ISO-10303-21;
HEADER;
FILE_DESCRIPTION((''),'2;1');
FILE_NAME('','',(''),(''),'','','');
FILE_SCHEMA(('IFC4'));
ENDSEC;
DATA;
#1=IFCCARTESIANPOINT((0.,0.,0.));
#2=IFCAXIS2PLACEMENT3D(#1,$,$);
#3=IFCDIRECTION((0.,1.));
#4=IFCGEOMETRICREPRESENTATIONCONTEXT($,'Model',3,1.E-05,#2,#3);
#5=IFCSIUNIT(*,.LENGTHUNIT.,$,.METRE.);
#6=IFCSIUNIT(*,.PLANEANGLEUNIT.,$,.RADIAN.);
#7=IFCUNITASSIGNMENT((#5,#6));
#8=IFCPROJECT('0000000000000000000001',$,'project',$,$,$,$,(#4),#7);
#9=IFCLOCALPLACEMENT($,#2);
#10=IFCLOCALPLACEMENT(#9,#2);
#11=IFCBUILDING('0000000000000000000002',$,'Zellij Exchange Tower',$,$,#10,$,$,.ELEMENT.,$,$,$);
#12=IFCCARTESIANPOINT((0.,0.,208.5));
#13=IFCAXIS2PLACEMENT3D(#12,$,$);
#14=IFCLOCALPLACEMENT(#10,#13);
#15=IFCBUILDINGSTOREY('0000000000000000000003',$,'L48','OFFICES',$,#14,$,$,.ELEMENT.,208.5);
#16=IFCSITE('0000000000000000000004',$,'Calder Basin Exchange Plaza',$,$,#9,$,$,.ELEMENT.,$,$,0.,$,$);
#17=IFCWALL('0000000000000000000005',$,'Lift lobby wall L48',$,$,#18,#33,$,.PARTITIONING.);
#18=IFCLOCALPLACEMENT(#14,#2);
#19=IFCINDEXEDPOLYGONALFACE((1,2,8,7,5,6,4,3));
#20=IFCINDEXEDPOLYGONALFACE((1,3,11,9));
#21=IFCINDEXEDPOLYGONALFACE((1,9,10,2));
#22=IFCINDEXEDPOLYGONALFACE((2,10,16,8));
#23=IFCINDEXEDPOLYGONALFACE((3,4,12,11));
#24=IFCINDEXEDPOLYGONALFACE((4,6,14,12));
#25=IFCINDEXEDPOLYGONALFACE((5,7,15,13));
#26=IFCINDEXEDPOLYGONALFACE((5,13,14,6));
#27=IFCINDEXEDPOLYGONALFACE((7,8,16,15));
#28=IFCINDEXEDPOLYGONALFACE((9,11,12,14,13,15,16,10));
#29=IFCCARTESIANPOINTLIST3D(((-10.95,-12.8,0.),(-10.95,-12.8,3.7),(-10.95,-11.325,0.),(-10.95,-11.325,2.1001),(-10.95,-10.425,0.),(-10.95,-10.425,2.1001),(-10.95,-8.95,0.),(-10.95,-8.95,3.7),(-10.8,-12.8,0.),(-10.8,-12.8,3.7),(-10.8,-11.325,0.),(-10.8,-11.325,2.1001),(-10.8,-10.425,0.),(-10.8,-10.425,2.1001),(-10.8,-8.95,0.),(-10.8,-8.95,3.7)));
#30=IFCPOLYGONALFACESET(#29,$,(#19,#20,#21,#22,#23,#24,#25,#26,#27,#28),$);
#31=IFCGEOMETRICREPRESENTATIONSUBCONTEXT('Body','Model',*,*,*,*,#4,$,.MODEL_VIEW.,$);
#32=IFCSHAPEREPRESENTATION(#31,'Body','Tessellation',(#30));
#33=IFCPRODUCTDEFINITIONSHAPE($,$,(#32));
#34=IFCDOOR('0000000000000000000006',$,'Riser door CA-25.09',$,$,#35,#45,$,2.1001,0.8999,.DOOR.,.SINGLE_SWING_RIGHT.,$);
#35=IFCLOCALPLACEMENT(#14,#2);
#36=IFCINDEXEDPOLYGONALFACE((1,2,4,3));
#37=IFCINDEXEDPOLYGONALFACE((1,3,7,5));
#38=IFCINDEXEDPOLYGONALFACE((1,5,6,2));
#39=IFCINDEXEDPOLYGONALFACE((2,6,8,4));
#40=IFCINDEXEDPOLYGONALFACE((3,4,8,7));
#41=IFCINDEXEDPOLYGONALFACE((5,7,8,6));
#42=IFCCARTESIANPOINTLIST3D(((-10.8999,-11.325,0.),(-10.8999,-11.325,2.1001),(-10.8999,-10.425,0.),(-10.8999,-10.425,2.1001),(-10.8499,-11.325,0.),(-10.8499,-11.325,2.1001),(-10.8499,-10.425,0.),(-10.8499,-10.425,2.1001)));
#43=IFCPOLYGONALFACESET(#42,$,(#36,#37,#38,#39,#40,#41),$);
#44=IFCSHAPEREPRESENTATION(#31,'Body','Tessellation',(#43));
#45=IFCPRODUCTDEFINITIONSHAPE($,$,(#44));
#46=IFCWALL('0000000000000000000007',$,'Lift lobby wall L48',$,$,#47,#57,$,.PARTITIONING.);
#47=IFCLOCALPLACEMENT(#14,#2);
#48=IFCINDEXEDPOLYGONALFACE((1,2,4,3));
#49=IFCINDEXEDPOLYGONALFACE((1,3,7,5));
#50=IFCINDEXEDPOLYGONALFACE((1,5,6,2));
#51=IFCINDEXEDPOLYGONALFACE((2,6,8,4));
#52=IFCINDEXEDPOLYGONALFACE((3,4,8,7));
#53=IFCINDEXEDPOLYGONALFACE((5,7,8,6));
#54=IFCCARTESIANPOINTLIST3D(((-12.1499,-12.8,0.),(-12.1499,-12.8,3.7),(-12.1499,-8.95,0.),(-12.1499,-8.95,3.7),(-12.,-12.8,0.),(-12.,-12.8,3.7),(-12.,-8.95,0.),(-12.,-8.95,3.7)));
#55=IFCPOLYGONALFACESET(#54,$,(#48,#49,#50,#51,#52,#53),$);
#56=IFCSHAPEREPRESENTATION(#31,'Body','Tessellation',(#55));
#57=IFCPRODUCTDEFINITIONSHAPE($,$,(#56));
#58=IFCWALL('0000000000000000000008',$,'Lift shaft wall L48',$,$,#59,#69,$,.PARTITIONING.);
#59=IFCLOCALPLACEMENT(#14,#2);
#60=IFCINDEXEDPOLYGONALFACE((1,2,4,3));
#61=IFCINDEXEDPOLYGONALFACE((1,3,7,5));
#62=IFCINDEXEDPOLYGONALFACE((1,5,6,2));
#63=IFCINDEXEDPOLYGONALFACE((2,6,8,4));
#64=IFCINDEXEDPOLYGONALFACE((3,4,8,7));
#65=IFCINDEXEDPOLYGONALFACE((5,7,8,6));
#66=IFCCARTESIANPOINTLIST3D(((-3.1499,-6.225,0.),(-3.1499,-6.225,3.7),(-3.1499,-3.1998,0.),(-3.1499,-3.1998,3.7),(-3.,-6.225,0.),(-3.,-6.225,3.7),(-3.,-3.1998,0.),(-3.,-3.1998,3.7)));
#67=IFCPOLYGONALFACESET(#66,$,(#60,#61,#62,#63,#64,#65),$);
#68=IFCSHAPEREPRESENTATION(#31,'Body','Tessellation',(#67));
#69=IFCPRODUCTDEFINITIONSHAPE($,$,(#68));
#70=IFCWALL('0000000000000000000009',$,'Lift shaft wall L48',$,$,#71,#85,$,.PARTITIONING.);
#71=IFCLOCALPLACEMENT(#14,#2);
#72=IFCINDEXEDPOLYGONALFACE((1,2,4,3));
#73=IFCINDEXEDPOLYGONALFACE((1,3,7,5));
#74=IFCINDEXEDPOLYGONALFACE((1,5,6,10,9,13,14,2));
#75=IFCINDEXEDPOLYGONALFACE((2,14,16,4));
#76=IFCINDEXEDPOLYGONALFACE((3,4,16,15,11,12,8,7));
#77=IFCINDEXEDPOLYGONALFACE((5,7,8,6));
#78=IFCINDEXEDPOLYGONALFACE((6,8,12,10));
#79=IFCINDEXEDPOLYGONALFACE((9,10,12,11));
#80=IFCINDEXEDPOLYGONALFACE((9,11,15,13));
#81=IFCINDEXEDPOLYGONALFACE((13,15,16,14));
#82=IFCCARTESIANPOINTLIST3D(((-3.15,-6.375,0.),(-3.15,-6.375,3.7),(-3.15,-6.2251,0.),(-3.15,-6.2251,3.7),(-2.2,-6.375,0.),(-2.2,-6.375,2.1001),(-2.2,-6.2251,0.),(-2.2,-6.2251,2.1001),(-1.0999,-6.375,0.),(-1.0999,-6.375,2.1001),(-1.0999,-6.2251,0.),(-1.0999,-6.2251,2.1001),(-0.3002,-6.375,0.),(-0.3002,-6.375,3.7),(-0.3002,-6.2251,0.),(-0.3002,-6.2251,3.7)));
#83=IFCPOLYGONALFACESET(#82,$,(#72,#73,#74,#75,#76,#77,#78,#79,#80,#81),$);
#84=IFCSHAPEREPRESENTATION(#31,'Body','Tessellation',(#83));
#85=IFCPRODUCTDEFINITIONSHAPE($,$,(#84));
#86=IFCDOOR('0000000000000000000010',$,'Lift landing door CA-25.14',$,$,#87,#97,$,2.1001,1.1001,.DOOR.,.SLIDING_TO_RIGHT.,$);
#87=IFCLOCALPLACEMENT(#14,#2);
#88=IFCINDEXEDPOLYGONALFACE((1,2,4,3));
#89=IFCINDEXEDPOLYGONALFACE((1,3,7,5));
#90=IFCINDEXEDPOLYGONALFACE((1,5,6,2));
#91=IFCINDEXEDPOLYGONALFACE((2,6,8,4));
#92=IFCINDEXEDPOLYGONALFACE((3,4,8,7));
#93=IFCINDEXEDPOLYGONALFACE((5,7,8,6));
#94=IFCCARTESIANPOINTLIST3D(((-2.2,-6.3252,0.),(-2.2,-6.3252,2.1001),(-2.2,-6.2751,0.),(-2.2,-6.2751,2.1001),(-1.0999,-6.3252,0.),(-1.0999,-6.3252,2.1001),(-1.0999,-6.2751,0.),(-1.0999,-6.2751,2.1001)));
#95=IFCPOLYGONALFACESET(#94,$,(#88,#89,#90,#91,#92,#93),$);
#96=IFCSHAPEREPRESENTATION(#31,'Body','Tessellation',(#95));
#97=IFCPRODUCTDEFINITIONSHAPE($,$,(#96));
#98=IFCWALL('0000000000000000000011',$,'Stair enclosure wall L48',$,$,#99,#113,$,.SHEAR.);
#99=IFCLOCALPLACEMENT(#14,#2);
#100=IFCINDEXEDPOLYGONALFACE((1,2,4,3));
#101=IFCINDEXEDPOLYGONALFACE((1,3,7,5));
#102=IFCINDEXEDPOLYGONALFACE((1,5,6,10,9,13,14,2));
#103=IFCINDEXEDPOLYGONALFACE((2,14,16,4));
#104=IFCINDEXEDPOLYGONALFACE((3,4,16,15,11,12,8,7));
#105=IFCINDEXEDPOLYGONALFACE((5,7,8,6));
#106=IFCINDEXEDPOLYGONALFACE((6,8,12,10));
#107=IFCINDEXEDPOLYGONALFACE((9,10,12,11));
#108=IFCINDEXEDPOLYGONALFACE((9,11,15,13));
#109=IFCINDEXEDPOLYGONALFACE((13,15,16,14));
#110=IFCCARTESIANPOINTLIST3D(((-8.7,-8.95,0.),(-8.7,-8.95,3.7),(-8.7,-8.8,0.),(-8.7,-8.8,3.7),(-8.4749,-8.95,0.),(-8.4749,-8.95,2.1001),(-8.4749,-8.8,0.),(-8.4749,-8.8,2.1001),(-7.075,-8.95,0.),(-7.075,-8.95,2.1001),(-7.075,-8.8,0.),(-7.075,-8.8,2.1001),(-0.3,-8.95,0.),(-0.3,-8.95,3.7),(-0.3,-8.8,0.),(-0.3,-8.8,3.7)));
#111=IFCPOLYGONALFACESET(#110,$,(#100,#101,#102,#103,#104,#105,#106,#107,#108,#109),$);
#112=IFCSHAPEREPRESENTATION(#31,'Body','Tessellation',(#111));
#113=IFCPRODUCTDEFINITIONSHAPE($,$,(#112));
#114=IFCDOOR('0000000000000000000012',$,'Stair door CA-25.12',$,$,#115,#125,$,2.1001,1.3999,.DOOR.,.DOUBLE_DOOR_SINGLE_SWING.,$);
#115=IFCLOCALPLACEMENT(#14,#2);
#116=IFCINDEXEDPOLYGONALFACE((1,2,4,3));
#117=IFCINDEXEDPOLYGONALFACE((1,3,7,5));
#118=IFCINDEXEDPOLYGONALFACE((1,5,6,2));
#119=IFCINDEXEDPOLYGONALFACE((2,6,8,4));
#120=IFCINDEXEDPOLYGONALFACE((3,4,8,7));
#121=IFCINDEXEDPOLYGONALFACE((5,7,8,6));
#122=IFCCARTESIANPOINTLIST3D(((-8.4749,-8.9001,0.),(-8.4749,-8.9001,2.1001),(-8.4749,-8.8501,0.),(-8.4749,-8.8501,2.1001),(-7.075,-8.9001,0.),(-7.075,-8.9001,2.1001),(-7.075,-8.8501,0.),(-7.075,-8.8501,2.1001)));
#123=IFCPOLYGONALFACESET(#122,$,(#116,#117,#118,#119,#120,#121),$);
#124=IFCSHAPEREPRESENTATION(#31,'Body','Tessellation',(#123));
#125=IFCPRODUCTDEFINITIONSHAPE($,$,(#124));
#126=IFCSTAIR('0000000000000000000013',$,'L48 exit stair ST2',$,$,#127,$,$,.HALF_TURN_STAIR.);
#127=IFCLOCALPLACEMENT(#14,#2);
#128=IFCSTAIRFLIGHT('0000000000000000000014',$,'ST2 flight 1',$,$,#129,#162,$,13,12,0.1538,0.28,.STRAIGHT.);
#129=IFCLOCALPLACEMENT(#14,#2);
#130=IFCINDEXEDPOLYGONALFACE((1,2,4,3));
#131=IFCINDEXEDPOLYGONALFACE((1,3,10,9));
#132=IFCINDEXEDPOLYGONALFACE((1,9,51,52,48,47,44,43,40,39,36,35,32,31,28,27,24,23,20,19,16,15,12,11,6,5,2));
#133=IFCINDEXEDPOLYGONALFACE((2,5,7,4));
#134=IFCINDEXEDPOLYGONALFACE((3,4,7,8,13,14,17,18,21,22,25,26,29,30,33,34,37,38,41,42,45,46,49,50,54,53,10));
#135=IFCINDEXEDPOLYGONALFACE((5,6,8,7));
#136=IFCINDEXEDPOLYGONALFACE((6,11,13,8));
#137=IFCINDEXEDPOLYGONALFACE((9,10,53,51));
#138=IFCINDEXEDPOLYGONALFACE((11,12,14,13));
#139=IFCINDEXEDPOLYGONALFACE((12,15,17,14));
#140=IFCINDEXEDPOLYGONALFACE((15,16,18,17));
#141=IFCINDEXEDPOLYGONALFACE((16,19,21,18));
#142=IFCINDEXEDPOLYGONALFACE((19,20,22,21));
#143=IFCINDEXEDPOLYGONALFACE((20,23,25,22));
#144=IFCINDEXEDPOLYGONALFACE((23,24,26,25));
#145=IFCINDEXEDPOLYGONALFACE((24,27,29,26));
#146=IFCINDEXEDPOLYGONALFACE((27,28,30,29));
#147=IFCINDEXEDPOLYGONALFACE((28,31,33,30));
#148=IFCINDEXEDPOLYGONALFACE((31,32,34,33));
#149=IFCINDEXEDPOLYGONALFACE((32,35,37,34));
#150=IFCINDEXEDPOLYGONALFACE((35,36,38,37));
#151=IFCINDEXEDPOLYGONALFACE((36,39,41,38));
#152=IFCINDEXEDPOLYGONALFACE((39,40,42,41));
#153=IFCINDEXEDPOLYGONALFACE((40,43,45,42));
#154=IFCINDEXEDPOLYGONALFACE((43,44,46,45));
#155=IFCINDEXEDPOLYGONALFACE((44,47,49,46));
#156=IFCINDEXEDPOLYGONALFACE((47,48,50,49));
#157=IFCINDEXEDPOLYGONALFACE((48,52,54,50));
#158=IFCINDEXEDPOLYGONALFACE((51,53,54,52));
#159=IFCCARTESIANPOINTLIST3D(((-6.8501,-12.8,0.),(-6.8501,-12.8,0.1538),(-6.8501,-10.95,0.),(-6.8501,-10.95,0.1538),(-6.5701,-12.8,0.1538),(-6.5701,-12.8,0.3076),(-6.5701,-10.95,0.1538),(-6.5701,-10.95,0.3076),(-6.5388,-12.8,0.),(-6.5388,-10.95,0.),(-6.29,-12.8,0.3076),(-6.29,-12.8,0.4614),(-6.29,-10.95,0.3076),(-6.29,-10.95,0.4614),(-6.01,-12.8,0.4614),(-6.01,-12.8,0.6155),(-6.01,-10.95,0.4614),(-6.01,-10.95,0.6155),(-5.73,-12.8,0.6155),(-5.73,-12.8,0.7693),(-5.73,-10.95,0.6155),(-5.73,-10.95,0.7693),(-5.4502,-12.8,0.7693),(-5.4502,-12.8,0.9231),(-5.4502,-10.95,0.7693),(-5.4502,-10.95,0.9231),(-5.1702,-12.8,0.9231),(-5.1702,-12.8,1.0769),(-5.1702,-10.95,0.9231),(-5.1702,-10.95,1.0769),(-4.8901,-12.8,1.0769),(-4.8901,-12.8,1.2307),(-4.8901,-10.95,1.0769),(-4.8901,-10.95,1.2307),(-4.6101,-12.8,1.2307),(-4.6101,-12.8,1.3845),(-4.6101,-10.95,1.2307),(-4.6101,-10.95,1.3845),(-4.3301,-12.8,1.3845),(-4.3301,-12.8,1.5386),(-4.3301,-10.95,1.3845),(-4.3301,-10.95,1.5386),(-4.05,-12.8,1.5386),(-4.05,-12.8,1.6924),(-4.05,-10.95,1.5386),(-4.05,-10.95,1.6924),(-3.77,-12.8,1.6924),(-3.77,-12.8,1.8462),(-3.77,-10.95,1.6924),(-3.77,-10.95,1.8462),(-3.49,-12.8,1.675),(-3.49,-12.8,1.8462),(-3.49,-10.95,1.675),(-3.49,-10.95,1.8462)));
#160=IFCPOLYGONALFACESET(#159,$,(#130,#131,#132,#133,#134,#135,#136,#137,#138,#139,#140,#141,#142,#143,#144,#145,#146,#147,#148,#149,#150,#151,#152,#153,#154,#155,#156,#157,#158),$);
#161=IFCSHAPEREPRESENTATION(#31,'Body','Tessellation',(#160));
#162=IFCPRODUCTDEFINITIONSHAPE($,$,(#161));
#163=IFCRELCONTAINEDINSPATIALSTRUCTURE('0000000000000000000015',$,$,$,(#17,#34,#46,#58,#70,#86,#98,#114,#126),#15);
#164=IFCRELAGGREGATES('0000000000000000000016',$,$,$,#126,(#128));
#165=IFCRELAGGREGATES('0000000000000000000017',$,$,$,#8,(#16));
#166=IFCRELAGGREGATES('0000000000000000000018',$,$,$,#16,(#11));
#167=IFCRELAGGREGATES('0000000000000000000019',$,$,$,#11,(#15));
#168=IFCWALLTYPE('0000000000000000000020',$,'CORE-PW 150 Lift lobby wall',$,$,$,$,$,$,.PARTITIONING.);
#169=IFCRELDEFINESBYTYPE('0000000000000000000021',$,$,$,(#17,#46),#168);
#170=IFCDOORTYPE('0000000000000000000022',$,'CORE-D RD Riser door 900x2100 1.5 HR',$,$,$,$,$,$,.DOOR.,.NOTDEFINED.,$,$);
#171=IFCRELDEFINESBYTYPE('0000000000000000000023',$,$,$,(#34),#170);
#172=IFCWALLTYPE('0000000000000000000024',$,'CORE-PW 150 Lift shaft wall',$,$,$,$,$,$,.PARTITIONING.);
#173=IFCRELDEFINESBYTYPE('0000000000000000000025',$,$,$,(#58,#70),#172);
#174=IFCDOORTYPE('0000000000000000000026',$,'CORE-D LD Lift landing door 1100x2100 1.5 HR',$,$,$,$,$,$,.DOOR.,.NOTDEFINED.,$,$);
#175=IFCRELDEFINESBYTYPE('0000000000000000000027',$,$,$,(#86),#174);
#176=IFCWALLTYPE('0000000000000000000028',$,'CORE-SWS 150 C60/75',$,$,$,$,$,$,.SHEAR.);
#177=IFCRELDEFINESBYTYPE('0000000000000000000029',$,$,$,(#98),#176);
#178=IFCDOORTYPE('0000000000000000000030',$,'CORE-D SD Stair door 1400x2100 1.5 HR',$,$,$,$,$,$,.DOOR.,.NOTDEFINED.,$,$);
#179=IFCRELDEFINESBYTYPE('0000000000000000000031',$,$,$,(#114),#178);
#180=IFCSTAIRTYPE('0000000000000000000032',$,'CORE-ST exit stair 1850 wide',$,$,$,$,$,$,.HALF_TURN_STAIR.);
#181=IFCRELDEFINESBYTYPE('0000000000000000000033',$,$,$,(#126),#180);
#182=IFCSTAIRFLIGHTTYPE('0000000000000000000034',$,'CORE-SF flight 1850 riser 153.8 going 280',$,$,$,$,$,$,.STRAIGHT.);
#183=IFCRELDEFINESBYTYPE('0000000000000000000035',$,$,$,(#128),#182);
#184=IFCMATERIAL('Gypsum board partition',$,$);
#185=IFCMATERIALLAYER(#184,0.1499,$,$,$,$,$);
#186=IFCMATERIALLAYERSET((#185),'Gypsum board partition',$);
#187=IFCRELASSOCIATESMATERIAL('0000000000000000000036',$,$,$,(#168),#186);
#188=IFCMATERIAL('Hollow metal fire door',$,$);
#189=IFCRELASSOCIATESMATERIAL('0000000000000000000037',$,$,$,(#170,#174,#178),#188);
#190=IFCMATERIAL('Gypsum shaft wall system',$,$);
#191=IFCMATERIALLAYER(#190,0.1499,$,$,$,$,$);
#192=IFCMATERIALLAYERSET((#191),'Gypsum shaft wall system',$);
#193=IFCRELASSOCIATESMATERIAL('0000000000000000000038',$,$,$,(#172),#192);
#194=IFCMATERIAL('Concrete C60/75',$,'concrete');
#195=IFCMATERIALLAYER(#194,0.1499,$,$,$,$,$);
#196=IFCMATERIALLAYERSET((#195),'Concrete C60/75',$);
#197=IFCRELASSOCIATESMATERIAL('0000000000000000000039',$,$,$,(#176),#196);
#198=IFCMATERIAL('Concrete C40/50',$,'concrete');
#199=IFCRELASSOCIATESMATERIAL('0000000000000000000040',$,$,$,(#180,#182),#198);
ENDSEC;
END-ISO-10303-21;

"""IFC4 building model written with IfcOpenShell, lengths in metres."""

from ifc_helpers import new_model, si_unit, direction, frame, frame_2d, origin, place, context, subcontext, project, spatial, polyline, rectangle, outline, extrude, material, layer, layer_set, type_object, element, fill, aggregate, save


model = new_model("IFC4")

# Units and contexts
model_context = context("Model", 3, precision=1e-05, world=origin(), true_north=direction((0.0, 1.0)))
body_context = subcontext(model_context, "Body", "Model", "MODEL_VIEW")
ifc_project = project(units=[si_unit("LENGTHUNIT", "METRE"), si_unit("PLANEANGLEUNIT", "RADIAN")], contexts=[model_context])

# Site, building, storey
site_placement = place(None, origin())
site = spatial("IfcSite", under=ifc_project, at=site_placement, Name="Calder Basin Exchange Plaza", CompositionType="ELEMENT", RefElevation=0.0)
building_placement = place(site_placement, origin())
building = spatial("IfcBuilding", under=site, at=building_placement, Name="Zellij Exchange Tower", CompositionType="ELEMENT")
storey_placement = place(building_placement, frame((0.0, 0.0, 208.5)))
storey = spatial("IfcBuildingStorey", under=building, at=storey_placement, Name="L48", Description="OFFICES", CompositionType="ELEMENT", Elevation=208.5)

# Shared definitions
ifc_material_1 = material(Name="Concrete C60/75", Category="concrete")

# Shared definitions
ifc_material_2 = material(Name="Gypsum shaft wall system")
ifc_material_3 = material(Name="Hollow metal fire door")

# Shared definitions
ifc_material_4 = material(Name="Gypsum board partition")
ifc_layer_1 = layer(ifc_material_4, 0.1499)
ifc_layer_set_1 = layer_set([ifc_layer_1], Name="Gypsum board partition")
wall_type_1 = type_object("IfcWallType", Name="CORE-PW 150 Lift lobby wall", PredefinedType="PARTITIONING", material=ifc_layer_set_1)

# Wall, opening, door
wall_1_placement = place(storey_placement, frame((-10.875, -12.8, 0.0), z_axis=(0.0, 0.0, 1.0), x_axis=(0.0, 1.0, 0.0)))
wall_1 = element("IfcWall", 1, at=wall_1_placement, inside=storey, type_object=wall_type_1, Name="Lift lobby wall L48", PredefinedType="PARTITIONING", context=body_context, shape_type="SweptSolid", body=[
    extrude(rectangle(XDim=3.8501, YDim=0.1499, at=frame_2d((1.925, 0.0))), origin(), (0.0, 0.0, 1.0), 3.7),
])
opening_1_placement = place(wall_1_placement, frame((1.4751, 0.0, 0.0)))
opening_1 = element("IfcOpeningElement", 2, at=opening_1_placement, cuts=wall_1, PredefinedType="OPENING", context=body_context, shape_type="SweptSolid", body=[
    extrude(rectangle(XDim=0.8999, YDim=2.1001, at=frame_2d((0.45, 1.05))), frame((0.0, 0.0869, 0.0), z_axis=(0.0, -1.0, 0.0), x_axis=(1.0, 0.0, 0.0)), (0.0, 0.0, 1.0), 0.1738),
])
door_type_1 = type_object("IfcDoorType", Name="CORE-D RD Riser door 900x2100 1.5 HR", OperationType="NOTDEFINED", PredefinedType="DOOR", material=ifc_material_3)
door_1_placement = place(opening_1_placement, origin())
door_1 = element("IfcDoor", 3, at=door_1_placement, inside=storey, type_object=door_type_1, Name="Riser door CA-25.09", OperationType="SINGLE_SWING_RIGHT", OverallHeight=2.1001, OverallWidth=0.8999, PredefinedType="DOOR", context=body_context, shape_type="SweptSolid", body=[
    extrude(rectangle(XDim=0.8999, YDim=2.1001, at=frame_2d((0.45, 1.05))), frame((0.0, 0.0249, 0.0), z_axis=(0.0, -1.0, 0.0), x_axis=(1.0, 0.0, 0.0)), (0.0, 0.0, 1.0), 0.05),
])
fill(opening_1, door_1)

# Walls
wall_2_placement = place(storey_placement, frame((-12.075, -12.8, 0.0), z_axis=(0.0, 0.0, 1.0), x_axis=(0.0, 1.0, 0.0)))
element("IfcWall", 4, at=wall_2_placement, inside=storey, type_object=wall_type_1, Name="Lift lobby wall L48", PredefinedType="PARTITIONING", context=body_context, shape_type="SweptSolid", body=[
    extrude(rectangle(XDim=3.8501, YDim=0.1499, at=frame_2d((1.925, 0.0))), origin(), (0.0, 0.0, 1.0), 3.7),
])
ifc_layer_2 = layer(ifc_material_2, 0.1499)
ifc_layer_set_2 = layer_set([ifc_layer_2], Name="Gypsum shaft wall system")
wall_type_2 = type_object("IfcWallType", Name="CORE-PW 150 Lift shaft wall", PredefinedType="PARTITIONING", material=ifc_layer_set_2)
wall_3_placement = place(storey_placement, frame((-3.075, -6.2251, 0.0), z_axis=(0.0, 0.0, 1.0), x_axis=(0.0, 1.0, 0.0)))
element("IfcWall", 5, at=wall_3_placement, inside=storey, type_object=wall_type_2, Name="Lift shaft wall L48", PredefinedType="PARTITIONING", context=body_context, shape_type="SweptSolid", body=[
    extrude(rectangle(XDim=3.0251, YDim=0.1499, at=frame_2d((1.5127, 0.0))), origin(), (0.0, 0.0, 1.0), 3.7),
])

# Walls, openings, doors
wall_4_placement = place(storey_placement, frame((-3.1499, -6.3, 0.0), z_axis=(0.0, 0.0, 1.0), x_axis=(1.0, 0.0, 0.0)))
wall_4 = element("IfcWall", 6, at=wall_4_placement, inside=storey, type_object=wall_type_2, Name="Lift shaft wall L48", PredefinedType="PARTITIONING", context=body_context, shape_type="SweptSolid", body=[
    extrude(rectangle(XDim=2.8499, YDim=0.1499, at=frame_2d((1.4248, 0.0))), origin(), (0.0, 0.0, 1.0), 3.7),
])
opening_2_placement = place(wall_4_placement, frame((0.95, 0.0, 0.0)))
opening_2 = element("IfcOpeningElement", 7, at=opening_2_placement, cuts=wall_4, PredefinedType="OPENING", context=body_context, shape_type="SweptSolid", body=[
    extrude(rectangle(XDim=1.1001, YDim=2.1001, at=frame_2d((0.55, 1.05))), frame((0.0, 0.0869, 0.0), z_axis=(0.0, -1.0, 0.0), x_axis=(1.0, 0.0, 0.0)), (0.0, 0.0, 1.0), 0.1738),
])
door_type_2 = type_object("IfcDoorType", Name="CORE-D LD Lift landing door 1100x2100 1.5 HR", OperationType="NOTDEFINED", PredefinedType="DOOR", material=ifc_material_3)
door_2_placement = place(opening_2_placement, origin())
door_2 = element("IfcDoor", 8, at=door_2_placement, inside=storey, type_object=door_type_2, Name="Lift landing door CA-25.14", OperationType="SLIDING_TO_RIGHT", OverallHeight=2.1001, OverallWidth=1.1001, PredefinedType="DOOR", context=body_context, shape_type="SweptSolid", body=[
    extrude(rectangle(XDim=1.1001, YDim=2.1001, at=frame_2d((0.55, 1.05))), frame((0.0, 0.0249, 0.0), z_axis=(0.0, -1.0, 0.0), x_axis=(1.0, 0.0, 0.0)), (0.0, 0.0, 1.0), 0.05),
])
fill(opening_2, door_2)
ifc_layer_3 = layer(ifc_material_1, 0.1499)
ifc_layer_set_3 = layer_set([ifc_layer_3], Name="Concrete C60/75")
wall_type_3 = type_object("IfcWallType", Name="CORE-SWS 150 C60/75", PredefinedType="SHEAR", material=ifc_layer_set_3)
wall_5_placement = place(storey_placement, frame((-8.7, -8.875, 0.0), z_axis=(0.0, 0.0, 1.0), x_axis=(1.0, 0.0, 0.0)))
wall_5 = element("IfcWall", 9, at=wall_5_placement, inside=storey, type_object=wall_type_3, Name="Stair enclosure wall L48", PredefinedType="SHEAR", context=body_context, shape_type="SweptSolid", body=[
    extrude(rectangle(XDim=8.3999, YDim=0.1499, at=frame_2d((4.2, 0.0))), origin(), (0.0, 0.0, 1.0), 3.7),
])
opening_3_placement = place(wall_5_placement, frame((0.2251, 0.0, 0.0)))
opening_3 = element("IfcOpeningElement", 10, at=opening_3_placement, cuts=wall_5, PredefinedType="OPENING", context=body_context, shape_type="SweptSolid", body=[
    extrude(rectangle(XDim=1.3999, YDim=2.1001, at=frame_2d((0.7, 1.05))), frame((0.0, 0.0869, 0.0), z_axis=(0.0, -1.0, 0.0), x_axis=(1.0, 0.0, 0.0)), (0.0, 0.0, 1.0), 0.1738),
])
door_type_3 = type_object("IfcDoorType", Name="CORE-D SD Stair door 1400x2100 1.5 HR", OperationType="NOTDEFINED", PredefinedType="DOOR", material=ifc_material_3)
door_3_placement = place(opening_3_placement, origin())
door_3 = element("IfcDoor", 11, at=door_3_placement, inside=storey, type_object=door_type_3, Name="Stair door CA-25.12", OperationType="DOUBLE_DOOR_SINGLE_SWING", OverallHeight=2.1001, OverallWidth=1.3999, PredefinedType="DOOR", context=body_context, shape_type="SweptSolid", body=[
    extrude(rectangle(XDim=1.3999, YDim=2.1001, at=frame_2d((0.7, 1.05))), frame((0.0, 0.0249, 0.0), z_axis=(0.0, -1.0, 0.0), x_axis=(1.0, 0.0, 0.0)), (0.0, 0.0, 1.0), 0.05),
])
fill(opening_3, door_3)

# Stair, stair flight
ifc_material_5 = material(Name="Concrete C40/50", Category="concrete")
stair_type = type_object("IfcStairType", Name="CORE-ST exit stair 1850 wide", PredefinedType="HALF_TURN_STAIR", material=ifc_material_5)
stair_placement = place(storey_placement, origin())
stair = element("IfcStair", 12, at=stair_placement, inside=storey, type_object=stair_type, Name="L48 exit stair ST2", PredefinedType="HALF_TURN_STAIR")
stair_flight_type = type_object("IfcStairFlightType", Name="CORE-SF flight 1850 riser 153.8 going 280", PredefinedType="STRAIGHT", material=ifc_material_5)
stair_flight_1_placement = place(storey_placement, frame((-6.8501, -11.875, 0.0), z_axis=(0.0, 0.0, 1.0), x_axis=(1.0, 0.0, 0.0)))
stair_flight_1 = element("IfcStairFlight", 13, at=stair_flight_1_placement, type_object=stair_flight_type, Name="ST2 flight 1", NumberOfRisers=13, NumberOfTreads=12, PredefinedType="STRAIGHT", RiserHeight=0.1538, TreadLength=0.28, context=body_context, shape_type="SweptSolid", body=[
    extrude(outline(polyline([(0.0, 0.0), (0.0, 0.1538), (0.28, 0.1538), (0.28, 0.3076), (0.5601, 0.3076), (0.5601, 0.4614), (0.8401, 0.4614), (0.8401, 0.6155), (1.1201, 0.6155), (1.1201, 0.7693), (1.3999, 0.7693), (1.3999, 0.9231), (1.6799, 0.9231), (1.6799, 1.0769), (1.96, 1.0769), (1.96, 1.2307), (2.24, 1.2307), (2.24, 1.3845), (2.52, 1.3845), (2.52, 1.5386), (2.8, 1.5386), (2.8, 1.6924), (3.0801, 1.6924), (3.0801, 1.8462), (3.3601, 1.8462), (3.3601, 2.0), (3.3601, 1.675), (0.3113, 0.0), (0.0, 0.0)])), frame((0.0, 0.925, 0.0), z_axis=(0.0, -1.0, 0.0), x_axis=(1.0, 0.0, 0.0)), (0.0, 0.0, 1.0), 1.8501),
])
aggregate(stair, [stair_flight_1])

save(model, "model.ifc")
